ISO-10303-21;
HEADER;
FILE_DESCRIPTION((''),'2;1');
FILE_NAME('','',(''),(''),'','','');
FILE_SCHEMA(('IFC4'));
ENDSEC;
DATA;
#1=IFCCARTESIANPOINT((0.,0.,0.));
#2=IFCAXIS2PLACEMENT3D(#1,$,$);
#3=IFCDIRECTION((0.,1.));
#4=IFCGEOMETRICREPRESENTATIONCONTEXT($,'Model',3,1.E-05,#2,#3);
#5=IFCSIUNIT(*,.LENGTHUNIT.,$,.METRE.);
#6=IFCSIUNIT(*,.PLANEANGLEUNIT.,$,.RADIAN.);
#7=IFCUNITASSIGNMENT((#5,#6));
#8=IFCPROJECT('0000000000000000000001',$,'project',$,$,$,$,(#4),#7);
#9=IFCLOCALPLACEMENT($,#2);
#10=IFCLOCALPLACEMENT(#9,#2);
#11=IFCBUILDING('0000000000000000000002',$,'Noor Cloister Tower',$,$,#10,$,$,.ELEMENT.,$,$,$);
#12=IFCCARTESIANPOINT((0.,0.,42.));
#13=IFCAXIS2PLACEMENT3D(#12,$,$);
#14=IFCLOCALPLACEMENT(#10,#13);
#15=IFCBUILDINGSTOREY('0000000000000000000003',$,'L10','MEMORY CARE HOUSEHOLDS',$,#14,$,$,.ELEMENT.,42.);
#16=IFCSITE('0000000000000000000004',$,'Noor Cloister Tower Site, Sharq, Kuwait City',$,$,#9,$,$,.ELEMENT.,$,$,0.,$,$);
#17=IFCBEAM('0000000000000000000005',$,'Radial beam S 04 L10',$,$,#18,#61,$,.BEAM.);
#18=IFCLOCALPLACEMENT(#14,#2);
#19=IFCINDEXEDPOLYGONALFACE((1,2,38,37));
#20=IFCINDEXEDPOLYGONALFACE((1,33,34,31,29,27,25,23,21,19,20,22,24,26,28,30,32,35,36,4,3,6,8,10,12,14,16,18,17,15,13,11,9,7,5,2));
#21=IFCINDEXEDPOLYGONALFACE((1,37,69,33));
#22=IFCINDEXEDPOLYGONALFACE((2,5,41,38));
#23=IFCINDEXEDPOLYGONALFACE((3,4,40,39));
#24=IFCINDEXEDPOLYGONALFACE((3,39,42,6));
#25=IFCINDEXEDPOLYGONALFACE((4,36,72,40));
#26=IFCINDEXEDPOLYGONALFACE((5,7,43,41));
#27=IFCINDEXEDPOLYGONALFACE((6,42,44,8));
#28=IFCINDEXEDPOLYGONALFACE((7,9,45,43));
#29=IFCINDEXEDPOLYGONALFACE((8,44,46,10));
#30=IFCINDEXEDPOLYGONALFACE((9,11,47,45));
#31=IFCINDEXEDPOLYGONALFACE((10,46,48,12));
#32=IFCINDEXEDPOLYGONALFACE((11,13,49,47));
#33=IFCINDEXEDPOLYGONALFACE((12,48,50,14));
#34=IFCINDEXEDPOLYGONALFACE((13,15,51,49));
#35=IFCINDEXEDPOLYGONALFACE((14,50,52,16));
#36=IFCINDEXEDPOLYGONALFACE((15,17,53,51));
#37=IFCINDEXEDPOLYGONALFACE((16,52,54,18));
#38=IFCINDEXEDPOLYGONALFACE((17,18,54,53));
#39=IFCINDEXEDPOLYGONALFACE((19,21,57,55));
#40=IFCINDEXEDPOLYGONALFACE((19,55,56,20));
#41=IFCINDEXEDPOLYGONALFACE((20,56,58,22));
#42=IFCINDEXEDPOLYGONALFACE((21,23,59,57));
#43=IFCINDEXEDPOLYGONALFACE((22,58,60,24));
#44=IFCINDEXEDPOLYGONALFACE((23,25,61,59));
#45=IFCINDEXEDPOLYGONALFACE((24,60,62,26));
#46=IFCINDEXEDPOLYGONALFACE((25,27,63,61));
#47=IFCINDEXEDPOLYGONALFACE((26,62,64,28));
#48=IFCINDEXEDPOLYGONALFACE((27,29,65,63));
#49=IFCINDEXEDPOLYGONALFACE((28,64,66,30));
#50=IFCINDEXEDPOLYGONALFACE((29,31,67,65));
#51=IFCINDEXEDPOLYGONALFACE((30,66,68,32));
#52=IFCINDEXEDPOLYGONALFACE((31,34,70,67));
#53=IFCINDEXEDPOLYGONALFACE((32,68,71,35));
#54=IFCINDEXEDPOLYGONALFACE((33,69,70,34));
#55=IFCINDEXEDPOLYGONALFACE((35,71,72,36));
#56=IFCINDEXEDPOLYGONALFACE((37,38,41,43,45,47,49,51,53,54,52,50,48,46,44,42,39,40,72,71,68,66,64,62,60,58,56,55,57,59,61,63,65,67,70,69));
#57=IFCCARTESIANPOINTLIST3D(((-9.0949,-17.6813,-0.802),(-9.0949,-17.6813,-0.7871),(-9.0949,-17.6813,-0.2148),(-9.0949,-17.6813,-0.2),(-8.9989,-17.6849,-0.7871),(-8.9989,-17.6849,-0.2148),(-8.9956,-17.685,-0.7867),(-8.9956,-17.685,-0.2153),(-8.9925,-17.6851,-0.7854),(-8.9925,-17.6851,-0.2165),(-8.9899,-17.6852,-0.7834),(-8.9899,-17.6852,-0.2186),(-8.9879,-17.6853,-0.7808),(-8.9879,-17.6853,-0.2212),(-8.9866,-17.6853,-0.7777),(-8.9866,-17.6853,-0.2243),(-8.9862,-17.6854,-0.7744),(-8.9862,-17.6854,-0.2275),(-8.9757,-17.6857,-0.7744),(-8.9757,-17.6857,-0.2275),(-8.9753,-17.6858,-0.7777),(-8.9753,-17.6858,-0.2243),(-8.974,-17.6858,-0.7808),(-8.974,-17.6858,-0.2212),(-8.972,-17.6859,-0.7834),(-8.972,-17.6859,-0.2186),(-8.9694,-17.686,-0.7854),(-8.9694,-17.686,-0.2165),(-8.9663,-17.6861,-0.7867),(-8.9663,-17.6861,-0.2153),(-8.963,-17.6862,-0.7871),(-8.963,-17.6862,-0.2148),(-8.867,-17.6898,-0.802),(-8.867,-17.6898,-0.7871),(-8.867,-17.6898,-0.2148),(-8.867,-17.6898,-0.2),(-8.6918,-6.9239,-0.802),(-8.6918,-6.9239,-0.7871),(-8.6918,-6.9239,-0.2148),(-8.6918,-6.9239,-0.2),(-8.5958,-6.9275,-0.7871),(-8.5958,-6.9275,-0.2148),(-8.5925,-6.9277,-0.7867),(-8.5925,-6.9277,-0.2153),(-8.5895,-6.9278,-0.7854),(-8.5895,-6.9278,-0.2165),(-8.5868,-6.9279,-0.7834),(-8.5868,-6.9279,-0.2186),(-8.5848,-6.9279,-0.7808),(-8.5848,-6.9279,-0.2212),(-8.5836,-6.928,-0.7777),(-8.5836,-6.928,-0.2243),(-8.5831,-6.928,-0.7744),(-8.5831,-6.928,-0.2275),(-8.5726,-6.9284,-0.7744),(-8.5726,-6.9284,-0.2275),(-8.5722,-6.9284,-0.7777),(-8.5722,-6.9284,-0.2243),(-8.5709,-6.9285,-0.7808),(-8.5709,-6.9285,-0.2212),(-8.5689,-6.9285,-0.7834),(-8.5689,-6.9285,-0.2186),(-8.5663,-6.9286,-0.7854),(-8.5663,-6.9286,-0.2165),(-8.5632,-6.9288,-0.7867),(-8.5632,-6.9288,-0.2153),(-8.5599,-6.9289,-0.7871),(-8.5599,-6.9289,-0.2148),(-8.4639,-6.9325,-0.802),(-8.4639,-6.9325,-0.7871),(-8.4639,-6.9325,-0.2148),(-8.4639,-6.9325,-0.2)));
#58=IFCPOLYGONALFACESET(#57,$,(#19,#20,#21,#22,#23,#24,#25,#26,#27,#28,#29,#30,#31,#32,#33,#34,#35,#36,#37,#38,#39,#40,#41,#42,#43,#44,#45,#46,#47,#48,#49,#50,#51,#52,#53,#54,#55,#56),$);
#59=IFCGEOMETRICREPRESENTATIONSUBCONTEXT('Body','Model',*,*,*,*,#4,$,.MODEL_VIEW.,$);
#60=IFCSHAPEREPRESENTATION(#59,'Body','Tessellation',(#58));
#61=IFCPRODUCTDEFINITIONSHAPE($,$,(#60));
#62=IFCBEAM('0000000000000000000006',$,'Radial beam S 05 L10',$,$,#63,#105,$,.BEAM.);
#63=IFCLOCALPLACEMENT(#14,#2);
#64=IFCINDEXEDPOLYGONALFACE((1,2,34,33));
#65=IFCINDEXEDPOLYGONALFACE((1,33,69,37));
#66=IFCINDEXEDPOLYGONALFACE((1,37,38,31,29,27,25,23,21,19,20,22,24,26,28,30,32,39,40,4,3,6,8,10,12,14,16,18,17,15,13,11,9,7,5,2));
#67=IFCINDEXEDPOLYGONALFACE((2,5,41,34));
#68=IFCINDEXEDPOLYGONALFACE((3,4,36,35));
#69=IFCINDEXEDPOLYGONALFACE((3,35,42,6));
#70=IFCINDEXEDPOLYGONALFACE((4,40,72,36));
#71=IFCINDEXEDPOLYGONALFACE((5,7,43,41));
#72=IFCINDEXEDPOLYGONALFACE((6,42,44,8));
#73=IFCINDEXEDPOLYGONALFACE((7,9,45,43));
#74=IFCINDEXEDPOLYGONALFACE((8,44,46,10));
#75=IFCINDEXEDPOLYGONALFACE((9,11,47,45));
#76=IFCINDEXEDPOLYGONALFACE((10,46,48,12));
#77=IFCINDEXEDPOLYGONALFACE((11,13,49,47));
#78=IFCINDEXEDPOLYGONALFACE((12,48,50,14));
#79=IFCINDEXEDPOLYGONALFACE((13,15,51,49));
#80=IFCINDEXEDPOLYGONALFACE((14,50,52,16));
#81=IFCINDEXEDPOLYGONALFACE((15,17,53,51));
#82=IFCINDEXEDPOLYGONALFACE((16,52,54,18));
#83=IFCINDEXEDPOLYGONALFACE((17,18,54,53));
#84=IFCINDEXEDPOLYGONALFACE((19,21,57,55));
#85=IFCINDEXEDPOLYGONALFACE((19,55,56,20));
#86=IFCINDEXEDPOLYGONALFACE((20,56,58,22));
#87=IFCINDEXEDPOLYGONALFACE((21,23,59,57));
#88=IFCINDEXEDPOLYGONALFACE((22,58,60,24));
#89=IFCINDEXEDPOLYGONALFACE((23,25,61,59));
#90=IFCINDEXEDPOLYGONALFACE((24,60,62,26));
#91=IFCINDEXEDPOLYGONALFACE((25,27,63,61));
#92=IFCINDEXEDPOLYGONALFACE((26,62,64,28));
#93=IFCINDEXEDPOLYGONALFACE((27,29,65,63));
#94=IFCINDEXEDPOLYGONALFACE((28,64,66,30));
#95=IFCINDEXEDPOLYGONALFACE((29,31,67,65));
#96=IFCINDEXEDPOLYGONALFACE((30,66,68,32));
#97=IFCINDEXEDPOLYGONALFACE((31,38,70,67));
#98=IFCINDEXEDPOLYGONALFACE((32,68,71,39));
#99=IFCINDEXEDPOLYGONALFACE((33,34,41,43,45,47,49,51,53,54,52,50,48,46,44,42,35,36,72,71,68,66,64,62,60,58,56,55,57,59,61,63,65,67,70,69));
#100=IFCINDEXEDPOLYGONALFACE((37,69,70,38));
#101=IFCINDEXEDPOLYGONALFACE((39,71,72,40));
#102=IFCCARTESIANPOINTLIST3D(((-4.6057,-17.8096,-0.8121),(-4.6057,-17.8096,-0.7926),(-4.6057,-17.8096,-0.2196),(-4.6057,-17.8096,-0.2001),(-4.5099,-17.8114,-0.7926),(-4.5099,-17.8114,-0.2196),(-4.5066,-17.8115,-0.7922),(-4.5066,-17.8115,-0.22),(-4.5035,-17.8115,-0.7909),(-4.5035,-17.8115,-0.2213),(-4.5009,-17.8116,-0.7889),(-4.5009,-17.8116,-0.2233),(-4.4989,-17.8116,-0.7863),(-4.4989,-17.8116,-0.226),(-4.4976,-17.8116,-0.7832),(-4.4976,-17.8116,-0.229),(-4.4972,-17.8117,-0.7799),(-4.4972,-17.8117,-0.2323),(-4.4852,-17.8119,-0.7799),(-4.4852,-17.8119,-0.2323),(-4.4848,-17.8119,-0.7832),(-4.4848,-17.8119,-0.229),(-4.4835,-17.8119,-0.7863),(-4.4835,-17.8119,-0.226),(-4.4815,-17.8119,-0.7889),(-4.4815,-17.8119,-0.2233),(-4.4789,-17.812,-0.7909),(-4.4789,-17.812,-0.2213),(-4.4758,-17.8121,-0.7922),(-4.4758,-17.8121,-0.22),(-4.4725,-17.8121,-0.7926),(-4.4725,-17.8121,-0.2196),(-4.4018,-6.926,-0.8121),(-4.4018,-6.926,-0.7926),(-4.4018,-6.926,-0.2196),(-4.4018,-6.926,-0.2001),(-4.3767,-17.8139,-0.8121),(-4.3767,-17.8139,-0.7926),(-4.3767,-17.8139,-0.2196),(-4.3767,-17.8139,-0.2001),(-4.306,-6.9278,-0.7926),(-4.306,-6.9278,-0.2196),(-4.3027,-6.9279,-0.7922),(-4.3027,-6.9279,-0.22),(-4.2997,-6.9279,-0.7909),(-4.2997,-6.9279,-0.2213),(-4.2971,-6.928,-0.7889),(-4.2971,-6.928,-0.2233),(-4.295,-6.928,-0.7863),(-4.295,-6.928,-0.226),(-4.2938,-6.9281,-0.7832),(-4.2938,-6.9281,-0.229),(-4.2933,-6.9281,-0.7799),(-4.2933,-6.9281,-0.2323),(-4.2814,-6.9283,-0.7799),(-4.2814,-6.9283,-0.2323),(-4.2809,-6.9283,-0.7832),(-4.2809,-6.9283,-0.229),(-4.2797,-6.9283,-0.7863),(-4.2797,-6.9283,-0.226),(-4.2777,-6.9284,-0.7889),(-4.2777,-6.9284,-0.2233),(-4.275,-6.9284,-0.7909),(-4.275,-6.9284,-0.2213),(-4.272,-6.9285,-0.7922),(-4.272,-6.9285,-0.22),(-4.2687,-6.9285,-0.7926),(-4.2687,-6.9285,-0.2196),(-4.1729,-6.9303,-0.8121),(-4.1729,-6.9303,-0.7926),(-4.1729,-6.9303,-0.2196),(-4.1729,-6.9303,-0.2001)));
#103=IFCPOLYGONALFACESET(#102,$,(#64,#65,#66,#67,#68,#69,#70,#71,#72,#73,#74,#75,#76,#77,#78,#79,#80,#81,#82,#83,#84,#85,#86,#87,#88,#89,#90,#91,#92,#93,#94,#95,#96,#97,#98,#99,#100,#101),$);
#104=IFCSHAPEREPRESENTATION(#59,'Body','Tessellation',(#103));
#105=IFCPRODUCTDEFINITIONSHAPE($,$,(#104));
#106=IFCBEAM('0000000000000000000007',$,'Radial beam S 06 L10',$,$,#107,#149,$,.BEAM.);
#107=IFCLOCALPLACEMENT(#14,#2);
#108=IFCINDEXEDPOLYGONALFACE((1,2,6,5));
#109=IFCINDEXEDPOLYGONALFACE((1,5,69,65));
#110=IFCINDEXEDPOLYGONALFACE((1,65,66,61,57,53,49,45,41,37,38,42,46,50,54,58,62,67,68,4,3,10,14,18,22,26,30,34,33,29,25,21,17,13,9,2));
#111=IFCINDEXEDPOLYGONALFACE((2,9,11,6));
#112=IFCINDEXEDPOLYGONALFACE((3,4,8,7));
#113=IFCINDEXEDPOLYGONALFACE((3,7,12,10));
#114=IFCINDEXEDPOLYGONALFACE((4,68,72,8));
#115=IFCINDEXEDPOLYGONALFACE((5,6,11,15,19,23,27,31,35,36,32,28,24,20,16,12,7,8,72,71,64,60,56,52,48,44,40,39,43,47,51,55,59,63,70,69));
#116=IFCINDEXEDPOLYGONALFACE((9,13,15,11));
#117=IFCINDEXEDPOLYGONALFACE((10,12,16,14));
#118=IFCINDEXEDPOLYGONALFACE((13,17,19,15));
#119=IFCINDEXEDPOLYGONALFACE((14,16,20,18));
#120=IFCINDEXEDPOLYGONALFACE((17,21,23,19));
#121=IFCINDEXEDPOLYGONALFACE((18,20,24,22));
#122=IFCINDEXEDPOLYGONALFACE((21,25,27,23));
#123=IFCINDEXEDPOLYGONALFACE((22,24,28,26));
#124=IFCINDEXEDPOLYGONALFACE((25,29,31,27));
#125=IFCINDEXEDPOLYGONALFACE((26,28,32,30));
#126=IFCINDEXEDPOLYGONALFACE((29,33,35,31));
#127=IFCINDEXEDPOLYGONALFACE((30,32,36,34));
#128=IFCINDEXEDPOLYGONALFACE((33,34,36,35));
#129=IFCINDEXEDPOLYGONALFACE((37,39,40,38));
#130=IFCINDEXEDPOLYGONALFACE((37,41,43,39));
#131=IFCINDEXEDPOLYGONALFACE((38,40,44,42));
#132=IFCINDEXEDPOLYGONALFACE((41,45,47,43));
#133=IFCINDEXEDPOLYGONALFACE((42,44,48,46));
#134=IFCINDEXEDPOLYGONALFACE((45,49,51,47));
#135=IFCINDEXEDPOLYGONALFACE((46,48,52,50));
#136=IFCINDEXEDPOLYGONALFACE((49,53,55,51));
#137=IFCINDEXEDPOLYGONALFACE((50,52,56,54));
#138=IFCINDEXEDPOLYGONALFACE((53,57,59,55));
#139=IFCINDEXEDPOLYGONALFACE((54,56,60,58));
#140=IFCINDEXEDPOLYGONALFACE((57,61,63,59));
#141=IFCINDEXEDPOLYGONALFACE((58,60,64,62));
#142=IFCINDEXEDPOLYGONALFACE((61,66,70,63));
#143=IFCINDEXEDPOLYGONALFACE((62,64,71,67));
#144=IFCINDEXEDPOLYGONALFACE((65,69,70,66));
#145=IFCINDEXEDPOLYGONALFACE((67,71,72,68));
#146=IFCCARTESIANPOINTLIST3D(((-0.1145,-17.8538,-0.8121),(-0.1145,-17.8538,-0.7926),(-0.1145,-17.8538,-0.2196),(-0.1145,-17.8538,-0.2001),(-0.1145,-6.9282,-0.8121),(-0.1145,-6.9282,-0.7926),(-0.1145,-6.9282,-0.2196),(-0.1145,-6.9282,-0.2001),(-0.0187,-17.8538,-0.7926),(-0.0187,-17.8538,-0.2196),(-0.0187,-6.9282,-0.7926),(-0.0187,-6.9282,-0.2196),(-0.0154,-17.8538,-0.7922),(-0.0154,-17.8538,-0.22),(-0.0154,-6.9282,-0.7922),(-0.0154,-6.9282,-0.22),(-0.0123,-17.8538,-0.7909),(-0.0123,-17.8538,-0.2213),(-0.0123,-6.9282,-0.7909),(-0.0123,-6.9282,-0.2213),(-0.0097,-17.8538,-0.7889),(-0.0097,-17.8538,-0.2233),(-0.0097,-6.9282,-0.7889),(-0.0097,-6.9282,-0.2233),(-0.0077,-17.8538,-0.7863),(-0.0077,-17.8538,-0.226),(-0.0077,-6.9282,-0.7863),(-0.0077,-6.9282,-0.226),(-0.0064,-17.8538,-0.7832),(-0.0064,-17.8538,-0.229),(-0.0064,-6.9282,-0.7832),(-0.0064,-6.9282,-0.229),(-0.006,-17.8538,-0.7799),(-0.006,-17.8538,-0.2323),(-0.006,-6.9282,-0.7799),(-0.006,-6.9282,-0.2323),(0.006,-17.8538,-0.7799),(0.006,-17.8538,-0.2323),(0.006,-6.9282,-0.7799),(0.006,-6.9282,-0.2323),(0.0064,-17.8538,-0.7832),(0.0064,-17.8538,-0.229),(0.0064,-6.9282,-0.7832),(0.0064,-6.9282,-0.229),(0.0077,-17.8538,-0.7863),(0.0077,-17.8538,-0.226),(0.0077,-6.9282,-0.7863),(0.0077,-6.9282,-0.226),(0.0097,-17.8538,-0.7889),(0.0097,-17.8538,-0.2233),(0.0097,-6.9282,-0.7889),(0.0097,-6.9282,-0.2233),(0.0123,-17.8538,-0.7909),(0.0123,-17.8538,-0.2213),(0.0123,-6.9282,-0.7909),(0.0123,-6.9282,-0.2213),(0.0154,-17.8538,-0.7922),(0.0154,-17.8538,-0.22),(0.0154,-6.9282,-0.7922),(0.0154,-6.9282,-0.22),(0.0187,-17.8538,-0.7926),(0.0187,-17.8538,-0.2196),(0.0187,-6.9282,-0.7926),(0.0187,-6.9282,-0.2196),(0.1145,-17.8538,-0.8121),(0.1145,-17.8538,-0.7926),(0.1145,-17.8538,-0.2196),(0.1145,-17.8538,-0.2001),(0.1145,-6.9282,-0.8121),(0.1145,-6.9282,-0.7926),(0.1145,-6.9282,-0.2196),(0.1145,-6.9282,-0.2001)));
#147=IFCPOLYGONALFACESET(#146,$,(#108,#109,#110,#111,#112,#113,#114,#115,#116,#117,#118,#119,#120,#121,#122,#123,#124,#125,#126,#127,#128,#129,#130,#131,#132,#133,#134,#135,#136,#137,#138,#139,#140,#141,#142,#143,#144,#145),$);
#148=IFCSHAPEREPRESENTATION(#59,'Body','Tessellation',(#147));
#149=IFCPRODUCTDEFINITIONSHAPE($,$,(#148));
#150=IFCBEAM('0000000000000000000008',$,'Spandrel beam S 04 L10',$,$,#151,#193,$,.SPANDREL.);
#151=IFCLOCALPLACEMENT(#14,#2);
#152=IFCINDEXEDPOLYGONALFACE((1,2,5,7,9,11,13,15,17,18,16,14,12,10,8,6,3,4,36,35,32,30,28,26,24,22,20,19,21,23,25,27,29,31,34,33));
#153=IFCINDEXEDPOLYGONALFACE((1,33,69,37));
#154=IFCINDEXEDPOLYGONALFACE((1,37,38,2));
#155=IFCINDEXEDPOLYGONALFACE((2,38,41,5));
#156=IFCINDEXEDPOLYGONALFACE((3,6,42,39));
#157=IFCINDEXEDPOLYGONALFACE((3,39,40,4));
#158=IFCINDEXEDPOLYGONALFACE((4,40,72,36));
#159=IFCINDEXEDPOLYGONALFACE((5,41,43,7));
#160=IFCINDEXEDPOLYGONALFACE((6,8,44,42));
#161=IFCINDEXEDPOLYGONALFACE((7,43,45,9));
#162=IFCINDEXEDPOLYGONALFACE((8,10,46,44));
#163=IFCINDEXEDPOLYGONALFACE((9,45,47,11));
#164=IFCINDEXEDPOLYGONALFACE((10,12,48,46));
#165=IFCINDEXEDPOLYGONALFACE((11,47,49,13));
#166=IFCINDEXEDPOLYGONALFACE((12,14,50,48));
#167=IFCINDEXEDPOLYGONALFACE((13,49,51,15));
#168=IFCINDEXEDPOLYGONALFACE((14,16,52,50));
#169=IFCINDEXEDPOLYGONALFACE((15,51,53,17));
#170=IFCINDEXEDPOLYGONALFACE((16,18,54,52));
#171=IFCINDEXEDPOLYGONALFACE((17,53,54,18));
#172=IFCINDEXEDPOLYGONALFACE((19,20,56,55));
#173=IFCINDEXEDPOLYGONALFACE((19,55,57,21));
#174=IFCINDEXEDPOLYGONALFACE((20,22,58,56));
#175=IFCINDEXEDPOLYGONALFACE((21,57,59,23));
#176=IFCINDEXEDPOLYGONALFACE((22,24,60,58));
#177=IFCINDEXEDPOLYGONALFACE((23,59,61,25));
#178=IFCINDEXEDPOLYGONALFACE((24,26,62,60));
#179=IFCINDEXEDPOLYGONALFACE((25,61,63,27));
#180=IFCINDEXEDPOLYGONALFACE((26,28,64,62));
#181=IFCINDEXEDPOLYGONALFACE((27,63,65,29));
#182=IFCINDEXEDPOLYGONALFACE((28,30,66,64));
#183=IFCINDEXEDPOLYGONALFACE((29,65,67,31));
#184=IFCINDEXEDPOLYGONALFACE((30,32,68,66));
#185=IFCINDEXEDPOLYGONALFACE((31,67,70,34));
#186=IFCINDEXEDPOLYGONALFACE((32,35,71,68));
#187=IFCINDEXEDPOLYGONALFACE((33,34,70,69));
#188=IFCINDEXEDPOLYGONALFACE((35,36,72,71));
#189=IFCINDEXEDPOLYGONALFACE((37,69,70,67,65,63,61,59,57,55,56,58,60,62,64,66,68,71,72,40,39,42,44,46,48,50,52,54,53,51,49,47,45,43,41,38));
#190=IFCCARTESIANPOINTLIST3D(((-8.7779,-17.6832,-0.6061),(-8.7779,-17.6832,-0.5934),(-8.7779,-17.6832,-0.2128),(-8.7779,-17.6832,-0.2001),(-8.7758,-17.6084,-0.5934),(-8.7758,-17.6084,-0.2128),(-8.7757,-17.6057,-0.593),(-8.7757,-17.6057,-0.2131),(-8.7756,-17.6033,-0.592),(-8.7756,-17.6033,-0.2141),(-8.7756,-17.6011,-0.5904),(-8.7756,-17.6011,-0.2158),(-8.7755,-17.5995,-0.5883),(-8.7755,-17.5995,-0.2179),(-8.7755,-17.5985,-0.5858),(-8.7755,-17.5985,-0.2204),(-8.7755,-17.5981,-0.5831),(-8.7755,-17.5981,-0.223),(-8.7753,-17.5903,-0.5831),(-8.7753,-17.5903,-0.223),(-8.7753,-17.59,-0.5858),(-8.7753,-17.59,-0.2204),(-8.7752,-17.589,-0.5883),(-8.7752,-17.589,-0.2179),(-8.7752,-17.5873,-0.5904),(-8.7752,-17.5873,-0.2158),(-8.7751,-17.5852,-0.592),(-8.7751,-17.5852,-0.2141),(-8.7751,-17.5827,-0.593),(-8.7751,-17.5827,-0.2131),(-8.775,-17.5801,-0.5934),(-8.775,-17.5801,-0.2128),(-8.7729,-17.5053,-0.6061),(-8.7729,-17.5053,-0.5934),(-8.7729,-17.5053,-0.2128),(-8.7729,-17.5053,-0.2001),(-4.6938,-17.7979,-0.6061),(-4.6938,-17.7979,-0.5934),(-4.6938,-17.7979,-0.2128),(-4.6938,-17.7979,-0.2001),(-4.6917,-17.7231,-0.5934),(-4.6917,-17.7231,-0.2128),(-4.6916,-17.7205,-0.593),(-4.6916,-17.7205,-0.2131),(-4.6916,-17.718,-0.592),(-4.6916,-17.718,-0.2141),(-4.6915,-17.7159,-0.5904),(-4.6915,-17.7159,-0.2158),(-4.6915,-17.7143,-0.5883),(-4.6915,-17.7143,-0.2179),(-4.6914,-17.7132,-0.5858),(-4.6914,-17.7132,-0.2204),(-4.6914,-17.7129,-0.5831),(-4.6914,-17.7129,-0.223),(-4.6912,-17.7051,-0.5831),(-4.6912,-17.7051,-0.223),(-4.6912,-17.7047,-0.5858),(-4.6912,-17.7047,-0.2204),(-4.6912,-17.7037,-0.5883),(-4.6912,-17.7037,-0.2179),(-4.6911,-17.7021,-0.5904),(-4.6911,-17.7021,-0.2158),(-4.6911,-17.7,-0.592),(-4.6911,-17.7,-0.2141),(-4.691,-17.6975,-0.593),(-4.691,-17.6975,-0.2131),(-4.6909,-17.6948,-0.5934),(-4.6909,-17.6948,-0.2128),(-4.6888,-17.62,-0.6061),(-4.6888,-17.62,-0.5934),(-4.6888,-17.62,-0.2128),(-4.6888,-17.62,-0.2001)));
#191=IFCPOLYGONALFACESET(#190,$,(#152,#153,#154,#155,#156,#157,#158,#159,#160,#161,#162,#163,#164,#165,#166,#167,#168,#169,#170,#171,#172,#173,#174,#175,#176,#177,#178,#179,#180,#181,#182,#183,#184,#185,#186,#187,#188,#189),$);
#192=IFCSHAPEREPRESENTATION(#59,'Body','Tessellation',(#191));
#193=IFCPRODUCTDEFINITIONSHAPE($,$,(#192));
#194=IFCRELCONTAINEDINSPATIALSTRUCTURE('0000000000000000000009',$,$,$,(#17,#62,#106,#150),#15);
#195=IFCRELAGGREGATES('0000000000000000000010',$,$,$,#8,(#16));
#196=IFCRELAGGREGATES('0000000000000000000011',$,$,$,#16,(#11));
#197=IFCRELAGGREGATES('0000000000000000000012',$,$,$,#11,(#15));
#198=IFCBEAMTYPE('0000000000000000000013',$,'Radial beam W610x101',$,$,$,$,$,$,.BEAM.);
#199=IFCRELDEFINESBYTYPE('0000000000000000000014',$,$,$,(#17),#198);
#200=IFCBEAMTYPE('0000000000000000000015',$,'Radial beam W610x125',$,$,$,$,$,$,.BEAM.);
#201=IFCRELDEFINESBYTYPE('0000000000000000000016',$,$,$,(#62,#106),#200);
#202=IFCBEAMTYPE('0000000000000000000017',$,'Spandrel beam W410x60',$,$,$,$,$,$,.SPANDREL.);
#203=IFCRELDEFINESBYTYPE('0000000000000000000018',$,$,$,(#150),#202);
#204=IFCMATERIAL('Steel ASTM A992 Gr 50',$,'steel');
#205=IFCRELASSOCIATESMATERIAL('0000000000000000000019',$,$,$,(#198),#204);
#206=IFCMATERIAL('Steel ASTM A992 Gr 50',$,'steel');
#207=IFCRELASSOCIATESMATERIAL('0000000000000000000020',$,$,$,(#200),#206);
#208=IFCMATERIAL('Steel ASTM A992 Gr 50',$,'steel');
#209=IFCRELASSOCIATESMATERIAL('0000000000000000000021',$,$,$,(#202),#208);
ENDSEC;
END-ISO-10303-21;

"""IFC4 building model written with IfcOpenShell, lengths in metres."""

from ifc_helpers import new_model, si_unit, direction, frame, origin, origin_2d, place, context, subcontext, project, spatial, i_section, extrude, material, material_profile, profile_set, type_object, element, save


model = new_model("IFC4")

# Units and contexts
model_context = context("Model", 3, precision=1e-05, world=origin(), true_north=direction((0.0, 1.0)))
body_context = subcontext(model_context, "Body", "Model", "MODEL_VIEW")
ifc_project = project(units=[si_unit("LENGTHUNIT", "METRE"), si_unit("PLANEANGLEUNIT", "RADIAN")], contexts=[model_context])

# Site, building, storey
site_placement = place(None, origin())
site = spatial("IfcSite", under=ifc_project, at=site_placement, Name="Noor Cloister Tower Site, Sharq, Kuwait City", CompositionType="ELEMENT", RefElevation=0.0)
building_placement = place(site_placement, origin())
building = spatial("IfcBuilding", under=site, at=building_placement, Name="Noor Cloister Tower", CompositionType="ELEMENT")
storey_placement = place(building_placement, frame((0.0, 0.0, 42.0)))
storey = spatial("IfcBuildingStorey", under=building, at=storey_placement, Name="L10", Description="MEMORY CARE HOUSEHOLDS", CompositionType="ELEMENT", Elevation=42.0)

# Beams
ifc_material_1 = material(Name="Steel ASTM A992 Gr 50", Category="steel")
ifc_material_profile_1 = material_profile(ifc_material_1, i_section(OverallWidth=0.228, OverallDepth=0.6021, WebThickness=0.0105, FlangeThickness=0.0149, FilletRadius=0.0127, at=origin_2d()), Name="W610x101")
ifc_profile_set_1 = profile_set([ifc_material_profile_1], Name="Steel ASTM A992 Gr 50")
beam_type_1 = type_object("IfcBeamType", Name="Radial beam W610x101", PredefinedType="BEAM", material=ifc_profile_set_1)
beam_1_placement = place(storey_placement, frame((-8.981, -17.6855, -0.501), z_axis=(0.037444, 0.999299, 0.0), x_axis=(-0.999299, 0.037444, 0.0)))
element("IfcBeam", 1, at=beam_1_placement, inside=storey, type_object=beam_type_1, Name="Radial beam S 04 L10", PredefinedType="BEAM", context=body_context, shape_type="SweptSolid", body=[
    extrude(i_section(OverallWidth=0.228, OverallDepth=0.6021, WebThickness=0.0105, FlangeThickness=0.0149, FilletRadius=0.0127, at=origin_2d()), origin(), (0.0, 0.0, 1.0), 10.7649),
])
ifc_material_2 = material(Name="Steel ASTM A992 Gr 50", Category="steel")
ifc_material_profile_2 = material_profile(ifc_material_2, i_section(OverallWidth=0.229, OverallDepth=0.6121, WebThickness=0.012, FlangeThickness=0.0195, FilletRadius=0.0127, at=origin_2d()), Name="W610x125")
ifc_profile_set_2 = profile_set([ifc_material_profile_2], Name="Steel ASTM A992 Gr 50")
beam_type_2 = type_object("IfcBeamType", Name="Radial beam W610x125", PredefinedType="BEAM", material=ifc_profile_set_2)
beam_2_placement = place(storey_placement, frame((-4.4912, -17.8118, -0.5061), z_axis=(0.018728, 0.999825, 0.0), x_axis=(-0.999825, 0.018728, 0.0)))
element("IfcBeam", 2, at=beam_2_placement, inside=storey, type_object=beam_type_2, Name="Radial beam S 05 L10", PredefinedType="BEAM", context=body_context, shape_type="SweptSolid", body=[
    extrude(i_section(OverallWidth=0.229, OverallDepth=0.6121, WebThickness=0.012, FlangeThickness=0.0195, FilletRadius=0.0127, at=origin_2d()), origin(), (0.0, 0.0, 1.0), 10.8855),
])
beam_3_placement = place(storey_placement, frame((0.0, -17.8538, -0.5061), z_axis=(0.0, 1.0, 0.0), x_axis=(-1.0, 0.0, 0.0)))
element("IfcBeam", 3, at=beam_3_placement, inside=storey, type_object=beam_type_2, Name="Radial beam S 06 L10", PredefinedType="BEAM", context=body_context, shape_type="SweptSolid", body=[
    extrude(i_section(OverallWidth=0.229, OverallDepth=0.6121, WebThickness=0.012, FlangeThickness=0.0195, FilletRadius=0.0127, at=origin_2d()), origin(), (0.0, 0.0, 1.0), 10.9255),
])
ifc_material_3 = material(Name="Steel ASTM A992 Gr 50", Category="steel")
ifc_material_profile_3 = material_profile(ifc_material_3, i_section(OverallWidth=0.178, OverallDepth=0.406, WebThickness=0.0078, FlangeThickness=0.0127, FilletRadius=0.0103, at=origin_2d()), Name="W410x60")
ifc_profile_set_3 = profile_set([ifc_material_profile_3], Name="Steel ASTM A992 Gr 50")
beam_type_3 = type_object("IfcBeamType", Name="Spandrel beam W410x60", PredefinedType="SPANDREL", material=ifc_profile_set_3)
for number, where, z_axis, x_axis, name in (
    (4, (-8.7754, -17.5942, -0.4031), (0.999606, -0.028086, 0.0), (0.028086, 0.999606, 0.0), "Spandrel beam S 04 L10"),
):
    element("IfcBeam", number, at=place(storey_placement, frame(where, z_axis=z_axis, x_axis=x_axis)), inside=storey, type_object=beam_type_3, Name=name, PredefinedType="SPANDREL", context=body_context, shape_type="SweptSolid", body=[
        extrude(i_section(OverallWidth=0.178, OverallDepth=0.406, WebThickness=0.0078, FlangeThickness=0.0127, FilletRadius=0.0103, at=origin_2d()), origin(), (0.0, 0.0, 1.0), 4.0857),
    ])

save(model, "model.ifc")
